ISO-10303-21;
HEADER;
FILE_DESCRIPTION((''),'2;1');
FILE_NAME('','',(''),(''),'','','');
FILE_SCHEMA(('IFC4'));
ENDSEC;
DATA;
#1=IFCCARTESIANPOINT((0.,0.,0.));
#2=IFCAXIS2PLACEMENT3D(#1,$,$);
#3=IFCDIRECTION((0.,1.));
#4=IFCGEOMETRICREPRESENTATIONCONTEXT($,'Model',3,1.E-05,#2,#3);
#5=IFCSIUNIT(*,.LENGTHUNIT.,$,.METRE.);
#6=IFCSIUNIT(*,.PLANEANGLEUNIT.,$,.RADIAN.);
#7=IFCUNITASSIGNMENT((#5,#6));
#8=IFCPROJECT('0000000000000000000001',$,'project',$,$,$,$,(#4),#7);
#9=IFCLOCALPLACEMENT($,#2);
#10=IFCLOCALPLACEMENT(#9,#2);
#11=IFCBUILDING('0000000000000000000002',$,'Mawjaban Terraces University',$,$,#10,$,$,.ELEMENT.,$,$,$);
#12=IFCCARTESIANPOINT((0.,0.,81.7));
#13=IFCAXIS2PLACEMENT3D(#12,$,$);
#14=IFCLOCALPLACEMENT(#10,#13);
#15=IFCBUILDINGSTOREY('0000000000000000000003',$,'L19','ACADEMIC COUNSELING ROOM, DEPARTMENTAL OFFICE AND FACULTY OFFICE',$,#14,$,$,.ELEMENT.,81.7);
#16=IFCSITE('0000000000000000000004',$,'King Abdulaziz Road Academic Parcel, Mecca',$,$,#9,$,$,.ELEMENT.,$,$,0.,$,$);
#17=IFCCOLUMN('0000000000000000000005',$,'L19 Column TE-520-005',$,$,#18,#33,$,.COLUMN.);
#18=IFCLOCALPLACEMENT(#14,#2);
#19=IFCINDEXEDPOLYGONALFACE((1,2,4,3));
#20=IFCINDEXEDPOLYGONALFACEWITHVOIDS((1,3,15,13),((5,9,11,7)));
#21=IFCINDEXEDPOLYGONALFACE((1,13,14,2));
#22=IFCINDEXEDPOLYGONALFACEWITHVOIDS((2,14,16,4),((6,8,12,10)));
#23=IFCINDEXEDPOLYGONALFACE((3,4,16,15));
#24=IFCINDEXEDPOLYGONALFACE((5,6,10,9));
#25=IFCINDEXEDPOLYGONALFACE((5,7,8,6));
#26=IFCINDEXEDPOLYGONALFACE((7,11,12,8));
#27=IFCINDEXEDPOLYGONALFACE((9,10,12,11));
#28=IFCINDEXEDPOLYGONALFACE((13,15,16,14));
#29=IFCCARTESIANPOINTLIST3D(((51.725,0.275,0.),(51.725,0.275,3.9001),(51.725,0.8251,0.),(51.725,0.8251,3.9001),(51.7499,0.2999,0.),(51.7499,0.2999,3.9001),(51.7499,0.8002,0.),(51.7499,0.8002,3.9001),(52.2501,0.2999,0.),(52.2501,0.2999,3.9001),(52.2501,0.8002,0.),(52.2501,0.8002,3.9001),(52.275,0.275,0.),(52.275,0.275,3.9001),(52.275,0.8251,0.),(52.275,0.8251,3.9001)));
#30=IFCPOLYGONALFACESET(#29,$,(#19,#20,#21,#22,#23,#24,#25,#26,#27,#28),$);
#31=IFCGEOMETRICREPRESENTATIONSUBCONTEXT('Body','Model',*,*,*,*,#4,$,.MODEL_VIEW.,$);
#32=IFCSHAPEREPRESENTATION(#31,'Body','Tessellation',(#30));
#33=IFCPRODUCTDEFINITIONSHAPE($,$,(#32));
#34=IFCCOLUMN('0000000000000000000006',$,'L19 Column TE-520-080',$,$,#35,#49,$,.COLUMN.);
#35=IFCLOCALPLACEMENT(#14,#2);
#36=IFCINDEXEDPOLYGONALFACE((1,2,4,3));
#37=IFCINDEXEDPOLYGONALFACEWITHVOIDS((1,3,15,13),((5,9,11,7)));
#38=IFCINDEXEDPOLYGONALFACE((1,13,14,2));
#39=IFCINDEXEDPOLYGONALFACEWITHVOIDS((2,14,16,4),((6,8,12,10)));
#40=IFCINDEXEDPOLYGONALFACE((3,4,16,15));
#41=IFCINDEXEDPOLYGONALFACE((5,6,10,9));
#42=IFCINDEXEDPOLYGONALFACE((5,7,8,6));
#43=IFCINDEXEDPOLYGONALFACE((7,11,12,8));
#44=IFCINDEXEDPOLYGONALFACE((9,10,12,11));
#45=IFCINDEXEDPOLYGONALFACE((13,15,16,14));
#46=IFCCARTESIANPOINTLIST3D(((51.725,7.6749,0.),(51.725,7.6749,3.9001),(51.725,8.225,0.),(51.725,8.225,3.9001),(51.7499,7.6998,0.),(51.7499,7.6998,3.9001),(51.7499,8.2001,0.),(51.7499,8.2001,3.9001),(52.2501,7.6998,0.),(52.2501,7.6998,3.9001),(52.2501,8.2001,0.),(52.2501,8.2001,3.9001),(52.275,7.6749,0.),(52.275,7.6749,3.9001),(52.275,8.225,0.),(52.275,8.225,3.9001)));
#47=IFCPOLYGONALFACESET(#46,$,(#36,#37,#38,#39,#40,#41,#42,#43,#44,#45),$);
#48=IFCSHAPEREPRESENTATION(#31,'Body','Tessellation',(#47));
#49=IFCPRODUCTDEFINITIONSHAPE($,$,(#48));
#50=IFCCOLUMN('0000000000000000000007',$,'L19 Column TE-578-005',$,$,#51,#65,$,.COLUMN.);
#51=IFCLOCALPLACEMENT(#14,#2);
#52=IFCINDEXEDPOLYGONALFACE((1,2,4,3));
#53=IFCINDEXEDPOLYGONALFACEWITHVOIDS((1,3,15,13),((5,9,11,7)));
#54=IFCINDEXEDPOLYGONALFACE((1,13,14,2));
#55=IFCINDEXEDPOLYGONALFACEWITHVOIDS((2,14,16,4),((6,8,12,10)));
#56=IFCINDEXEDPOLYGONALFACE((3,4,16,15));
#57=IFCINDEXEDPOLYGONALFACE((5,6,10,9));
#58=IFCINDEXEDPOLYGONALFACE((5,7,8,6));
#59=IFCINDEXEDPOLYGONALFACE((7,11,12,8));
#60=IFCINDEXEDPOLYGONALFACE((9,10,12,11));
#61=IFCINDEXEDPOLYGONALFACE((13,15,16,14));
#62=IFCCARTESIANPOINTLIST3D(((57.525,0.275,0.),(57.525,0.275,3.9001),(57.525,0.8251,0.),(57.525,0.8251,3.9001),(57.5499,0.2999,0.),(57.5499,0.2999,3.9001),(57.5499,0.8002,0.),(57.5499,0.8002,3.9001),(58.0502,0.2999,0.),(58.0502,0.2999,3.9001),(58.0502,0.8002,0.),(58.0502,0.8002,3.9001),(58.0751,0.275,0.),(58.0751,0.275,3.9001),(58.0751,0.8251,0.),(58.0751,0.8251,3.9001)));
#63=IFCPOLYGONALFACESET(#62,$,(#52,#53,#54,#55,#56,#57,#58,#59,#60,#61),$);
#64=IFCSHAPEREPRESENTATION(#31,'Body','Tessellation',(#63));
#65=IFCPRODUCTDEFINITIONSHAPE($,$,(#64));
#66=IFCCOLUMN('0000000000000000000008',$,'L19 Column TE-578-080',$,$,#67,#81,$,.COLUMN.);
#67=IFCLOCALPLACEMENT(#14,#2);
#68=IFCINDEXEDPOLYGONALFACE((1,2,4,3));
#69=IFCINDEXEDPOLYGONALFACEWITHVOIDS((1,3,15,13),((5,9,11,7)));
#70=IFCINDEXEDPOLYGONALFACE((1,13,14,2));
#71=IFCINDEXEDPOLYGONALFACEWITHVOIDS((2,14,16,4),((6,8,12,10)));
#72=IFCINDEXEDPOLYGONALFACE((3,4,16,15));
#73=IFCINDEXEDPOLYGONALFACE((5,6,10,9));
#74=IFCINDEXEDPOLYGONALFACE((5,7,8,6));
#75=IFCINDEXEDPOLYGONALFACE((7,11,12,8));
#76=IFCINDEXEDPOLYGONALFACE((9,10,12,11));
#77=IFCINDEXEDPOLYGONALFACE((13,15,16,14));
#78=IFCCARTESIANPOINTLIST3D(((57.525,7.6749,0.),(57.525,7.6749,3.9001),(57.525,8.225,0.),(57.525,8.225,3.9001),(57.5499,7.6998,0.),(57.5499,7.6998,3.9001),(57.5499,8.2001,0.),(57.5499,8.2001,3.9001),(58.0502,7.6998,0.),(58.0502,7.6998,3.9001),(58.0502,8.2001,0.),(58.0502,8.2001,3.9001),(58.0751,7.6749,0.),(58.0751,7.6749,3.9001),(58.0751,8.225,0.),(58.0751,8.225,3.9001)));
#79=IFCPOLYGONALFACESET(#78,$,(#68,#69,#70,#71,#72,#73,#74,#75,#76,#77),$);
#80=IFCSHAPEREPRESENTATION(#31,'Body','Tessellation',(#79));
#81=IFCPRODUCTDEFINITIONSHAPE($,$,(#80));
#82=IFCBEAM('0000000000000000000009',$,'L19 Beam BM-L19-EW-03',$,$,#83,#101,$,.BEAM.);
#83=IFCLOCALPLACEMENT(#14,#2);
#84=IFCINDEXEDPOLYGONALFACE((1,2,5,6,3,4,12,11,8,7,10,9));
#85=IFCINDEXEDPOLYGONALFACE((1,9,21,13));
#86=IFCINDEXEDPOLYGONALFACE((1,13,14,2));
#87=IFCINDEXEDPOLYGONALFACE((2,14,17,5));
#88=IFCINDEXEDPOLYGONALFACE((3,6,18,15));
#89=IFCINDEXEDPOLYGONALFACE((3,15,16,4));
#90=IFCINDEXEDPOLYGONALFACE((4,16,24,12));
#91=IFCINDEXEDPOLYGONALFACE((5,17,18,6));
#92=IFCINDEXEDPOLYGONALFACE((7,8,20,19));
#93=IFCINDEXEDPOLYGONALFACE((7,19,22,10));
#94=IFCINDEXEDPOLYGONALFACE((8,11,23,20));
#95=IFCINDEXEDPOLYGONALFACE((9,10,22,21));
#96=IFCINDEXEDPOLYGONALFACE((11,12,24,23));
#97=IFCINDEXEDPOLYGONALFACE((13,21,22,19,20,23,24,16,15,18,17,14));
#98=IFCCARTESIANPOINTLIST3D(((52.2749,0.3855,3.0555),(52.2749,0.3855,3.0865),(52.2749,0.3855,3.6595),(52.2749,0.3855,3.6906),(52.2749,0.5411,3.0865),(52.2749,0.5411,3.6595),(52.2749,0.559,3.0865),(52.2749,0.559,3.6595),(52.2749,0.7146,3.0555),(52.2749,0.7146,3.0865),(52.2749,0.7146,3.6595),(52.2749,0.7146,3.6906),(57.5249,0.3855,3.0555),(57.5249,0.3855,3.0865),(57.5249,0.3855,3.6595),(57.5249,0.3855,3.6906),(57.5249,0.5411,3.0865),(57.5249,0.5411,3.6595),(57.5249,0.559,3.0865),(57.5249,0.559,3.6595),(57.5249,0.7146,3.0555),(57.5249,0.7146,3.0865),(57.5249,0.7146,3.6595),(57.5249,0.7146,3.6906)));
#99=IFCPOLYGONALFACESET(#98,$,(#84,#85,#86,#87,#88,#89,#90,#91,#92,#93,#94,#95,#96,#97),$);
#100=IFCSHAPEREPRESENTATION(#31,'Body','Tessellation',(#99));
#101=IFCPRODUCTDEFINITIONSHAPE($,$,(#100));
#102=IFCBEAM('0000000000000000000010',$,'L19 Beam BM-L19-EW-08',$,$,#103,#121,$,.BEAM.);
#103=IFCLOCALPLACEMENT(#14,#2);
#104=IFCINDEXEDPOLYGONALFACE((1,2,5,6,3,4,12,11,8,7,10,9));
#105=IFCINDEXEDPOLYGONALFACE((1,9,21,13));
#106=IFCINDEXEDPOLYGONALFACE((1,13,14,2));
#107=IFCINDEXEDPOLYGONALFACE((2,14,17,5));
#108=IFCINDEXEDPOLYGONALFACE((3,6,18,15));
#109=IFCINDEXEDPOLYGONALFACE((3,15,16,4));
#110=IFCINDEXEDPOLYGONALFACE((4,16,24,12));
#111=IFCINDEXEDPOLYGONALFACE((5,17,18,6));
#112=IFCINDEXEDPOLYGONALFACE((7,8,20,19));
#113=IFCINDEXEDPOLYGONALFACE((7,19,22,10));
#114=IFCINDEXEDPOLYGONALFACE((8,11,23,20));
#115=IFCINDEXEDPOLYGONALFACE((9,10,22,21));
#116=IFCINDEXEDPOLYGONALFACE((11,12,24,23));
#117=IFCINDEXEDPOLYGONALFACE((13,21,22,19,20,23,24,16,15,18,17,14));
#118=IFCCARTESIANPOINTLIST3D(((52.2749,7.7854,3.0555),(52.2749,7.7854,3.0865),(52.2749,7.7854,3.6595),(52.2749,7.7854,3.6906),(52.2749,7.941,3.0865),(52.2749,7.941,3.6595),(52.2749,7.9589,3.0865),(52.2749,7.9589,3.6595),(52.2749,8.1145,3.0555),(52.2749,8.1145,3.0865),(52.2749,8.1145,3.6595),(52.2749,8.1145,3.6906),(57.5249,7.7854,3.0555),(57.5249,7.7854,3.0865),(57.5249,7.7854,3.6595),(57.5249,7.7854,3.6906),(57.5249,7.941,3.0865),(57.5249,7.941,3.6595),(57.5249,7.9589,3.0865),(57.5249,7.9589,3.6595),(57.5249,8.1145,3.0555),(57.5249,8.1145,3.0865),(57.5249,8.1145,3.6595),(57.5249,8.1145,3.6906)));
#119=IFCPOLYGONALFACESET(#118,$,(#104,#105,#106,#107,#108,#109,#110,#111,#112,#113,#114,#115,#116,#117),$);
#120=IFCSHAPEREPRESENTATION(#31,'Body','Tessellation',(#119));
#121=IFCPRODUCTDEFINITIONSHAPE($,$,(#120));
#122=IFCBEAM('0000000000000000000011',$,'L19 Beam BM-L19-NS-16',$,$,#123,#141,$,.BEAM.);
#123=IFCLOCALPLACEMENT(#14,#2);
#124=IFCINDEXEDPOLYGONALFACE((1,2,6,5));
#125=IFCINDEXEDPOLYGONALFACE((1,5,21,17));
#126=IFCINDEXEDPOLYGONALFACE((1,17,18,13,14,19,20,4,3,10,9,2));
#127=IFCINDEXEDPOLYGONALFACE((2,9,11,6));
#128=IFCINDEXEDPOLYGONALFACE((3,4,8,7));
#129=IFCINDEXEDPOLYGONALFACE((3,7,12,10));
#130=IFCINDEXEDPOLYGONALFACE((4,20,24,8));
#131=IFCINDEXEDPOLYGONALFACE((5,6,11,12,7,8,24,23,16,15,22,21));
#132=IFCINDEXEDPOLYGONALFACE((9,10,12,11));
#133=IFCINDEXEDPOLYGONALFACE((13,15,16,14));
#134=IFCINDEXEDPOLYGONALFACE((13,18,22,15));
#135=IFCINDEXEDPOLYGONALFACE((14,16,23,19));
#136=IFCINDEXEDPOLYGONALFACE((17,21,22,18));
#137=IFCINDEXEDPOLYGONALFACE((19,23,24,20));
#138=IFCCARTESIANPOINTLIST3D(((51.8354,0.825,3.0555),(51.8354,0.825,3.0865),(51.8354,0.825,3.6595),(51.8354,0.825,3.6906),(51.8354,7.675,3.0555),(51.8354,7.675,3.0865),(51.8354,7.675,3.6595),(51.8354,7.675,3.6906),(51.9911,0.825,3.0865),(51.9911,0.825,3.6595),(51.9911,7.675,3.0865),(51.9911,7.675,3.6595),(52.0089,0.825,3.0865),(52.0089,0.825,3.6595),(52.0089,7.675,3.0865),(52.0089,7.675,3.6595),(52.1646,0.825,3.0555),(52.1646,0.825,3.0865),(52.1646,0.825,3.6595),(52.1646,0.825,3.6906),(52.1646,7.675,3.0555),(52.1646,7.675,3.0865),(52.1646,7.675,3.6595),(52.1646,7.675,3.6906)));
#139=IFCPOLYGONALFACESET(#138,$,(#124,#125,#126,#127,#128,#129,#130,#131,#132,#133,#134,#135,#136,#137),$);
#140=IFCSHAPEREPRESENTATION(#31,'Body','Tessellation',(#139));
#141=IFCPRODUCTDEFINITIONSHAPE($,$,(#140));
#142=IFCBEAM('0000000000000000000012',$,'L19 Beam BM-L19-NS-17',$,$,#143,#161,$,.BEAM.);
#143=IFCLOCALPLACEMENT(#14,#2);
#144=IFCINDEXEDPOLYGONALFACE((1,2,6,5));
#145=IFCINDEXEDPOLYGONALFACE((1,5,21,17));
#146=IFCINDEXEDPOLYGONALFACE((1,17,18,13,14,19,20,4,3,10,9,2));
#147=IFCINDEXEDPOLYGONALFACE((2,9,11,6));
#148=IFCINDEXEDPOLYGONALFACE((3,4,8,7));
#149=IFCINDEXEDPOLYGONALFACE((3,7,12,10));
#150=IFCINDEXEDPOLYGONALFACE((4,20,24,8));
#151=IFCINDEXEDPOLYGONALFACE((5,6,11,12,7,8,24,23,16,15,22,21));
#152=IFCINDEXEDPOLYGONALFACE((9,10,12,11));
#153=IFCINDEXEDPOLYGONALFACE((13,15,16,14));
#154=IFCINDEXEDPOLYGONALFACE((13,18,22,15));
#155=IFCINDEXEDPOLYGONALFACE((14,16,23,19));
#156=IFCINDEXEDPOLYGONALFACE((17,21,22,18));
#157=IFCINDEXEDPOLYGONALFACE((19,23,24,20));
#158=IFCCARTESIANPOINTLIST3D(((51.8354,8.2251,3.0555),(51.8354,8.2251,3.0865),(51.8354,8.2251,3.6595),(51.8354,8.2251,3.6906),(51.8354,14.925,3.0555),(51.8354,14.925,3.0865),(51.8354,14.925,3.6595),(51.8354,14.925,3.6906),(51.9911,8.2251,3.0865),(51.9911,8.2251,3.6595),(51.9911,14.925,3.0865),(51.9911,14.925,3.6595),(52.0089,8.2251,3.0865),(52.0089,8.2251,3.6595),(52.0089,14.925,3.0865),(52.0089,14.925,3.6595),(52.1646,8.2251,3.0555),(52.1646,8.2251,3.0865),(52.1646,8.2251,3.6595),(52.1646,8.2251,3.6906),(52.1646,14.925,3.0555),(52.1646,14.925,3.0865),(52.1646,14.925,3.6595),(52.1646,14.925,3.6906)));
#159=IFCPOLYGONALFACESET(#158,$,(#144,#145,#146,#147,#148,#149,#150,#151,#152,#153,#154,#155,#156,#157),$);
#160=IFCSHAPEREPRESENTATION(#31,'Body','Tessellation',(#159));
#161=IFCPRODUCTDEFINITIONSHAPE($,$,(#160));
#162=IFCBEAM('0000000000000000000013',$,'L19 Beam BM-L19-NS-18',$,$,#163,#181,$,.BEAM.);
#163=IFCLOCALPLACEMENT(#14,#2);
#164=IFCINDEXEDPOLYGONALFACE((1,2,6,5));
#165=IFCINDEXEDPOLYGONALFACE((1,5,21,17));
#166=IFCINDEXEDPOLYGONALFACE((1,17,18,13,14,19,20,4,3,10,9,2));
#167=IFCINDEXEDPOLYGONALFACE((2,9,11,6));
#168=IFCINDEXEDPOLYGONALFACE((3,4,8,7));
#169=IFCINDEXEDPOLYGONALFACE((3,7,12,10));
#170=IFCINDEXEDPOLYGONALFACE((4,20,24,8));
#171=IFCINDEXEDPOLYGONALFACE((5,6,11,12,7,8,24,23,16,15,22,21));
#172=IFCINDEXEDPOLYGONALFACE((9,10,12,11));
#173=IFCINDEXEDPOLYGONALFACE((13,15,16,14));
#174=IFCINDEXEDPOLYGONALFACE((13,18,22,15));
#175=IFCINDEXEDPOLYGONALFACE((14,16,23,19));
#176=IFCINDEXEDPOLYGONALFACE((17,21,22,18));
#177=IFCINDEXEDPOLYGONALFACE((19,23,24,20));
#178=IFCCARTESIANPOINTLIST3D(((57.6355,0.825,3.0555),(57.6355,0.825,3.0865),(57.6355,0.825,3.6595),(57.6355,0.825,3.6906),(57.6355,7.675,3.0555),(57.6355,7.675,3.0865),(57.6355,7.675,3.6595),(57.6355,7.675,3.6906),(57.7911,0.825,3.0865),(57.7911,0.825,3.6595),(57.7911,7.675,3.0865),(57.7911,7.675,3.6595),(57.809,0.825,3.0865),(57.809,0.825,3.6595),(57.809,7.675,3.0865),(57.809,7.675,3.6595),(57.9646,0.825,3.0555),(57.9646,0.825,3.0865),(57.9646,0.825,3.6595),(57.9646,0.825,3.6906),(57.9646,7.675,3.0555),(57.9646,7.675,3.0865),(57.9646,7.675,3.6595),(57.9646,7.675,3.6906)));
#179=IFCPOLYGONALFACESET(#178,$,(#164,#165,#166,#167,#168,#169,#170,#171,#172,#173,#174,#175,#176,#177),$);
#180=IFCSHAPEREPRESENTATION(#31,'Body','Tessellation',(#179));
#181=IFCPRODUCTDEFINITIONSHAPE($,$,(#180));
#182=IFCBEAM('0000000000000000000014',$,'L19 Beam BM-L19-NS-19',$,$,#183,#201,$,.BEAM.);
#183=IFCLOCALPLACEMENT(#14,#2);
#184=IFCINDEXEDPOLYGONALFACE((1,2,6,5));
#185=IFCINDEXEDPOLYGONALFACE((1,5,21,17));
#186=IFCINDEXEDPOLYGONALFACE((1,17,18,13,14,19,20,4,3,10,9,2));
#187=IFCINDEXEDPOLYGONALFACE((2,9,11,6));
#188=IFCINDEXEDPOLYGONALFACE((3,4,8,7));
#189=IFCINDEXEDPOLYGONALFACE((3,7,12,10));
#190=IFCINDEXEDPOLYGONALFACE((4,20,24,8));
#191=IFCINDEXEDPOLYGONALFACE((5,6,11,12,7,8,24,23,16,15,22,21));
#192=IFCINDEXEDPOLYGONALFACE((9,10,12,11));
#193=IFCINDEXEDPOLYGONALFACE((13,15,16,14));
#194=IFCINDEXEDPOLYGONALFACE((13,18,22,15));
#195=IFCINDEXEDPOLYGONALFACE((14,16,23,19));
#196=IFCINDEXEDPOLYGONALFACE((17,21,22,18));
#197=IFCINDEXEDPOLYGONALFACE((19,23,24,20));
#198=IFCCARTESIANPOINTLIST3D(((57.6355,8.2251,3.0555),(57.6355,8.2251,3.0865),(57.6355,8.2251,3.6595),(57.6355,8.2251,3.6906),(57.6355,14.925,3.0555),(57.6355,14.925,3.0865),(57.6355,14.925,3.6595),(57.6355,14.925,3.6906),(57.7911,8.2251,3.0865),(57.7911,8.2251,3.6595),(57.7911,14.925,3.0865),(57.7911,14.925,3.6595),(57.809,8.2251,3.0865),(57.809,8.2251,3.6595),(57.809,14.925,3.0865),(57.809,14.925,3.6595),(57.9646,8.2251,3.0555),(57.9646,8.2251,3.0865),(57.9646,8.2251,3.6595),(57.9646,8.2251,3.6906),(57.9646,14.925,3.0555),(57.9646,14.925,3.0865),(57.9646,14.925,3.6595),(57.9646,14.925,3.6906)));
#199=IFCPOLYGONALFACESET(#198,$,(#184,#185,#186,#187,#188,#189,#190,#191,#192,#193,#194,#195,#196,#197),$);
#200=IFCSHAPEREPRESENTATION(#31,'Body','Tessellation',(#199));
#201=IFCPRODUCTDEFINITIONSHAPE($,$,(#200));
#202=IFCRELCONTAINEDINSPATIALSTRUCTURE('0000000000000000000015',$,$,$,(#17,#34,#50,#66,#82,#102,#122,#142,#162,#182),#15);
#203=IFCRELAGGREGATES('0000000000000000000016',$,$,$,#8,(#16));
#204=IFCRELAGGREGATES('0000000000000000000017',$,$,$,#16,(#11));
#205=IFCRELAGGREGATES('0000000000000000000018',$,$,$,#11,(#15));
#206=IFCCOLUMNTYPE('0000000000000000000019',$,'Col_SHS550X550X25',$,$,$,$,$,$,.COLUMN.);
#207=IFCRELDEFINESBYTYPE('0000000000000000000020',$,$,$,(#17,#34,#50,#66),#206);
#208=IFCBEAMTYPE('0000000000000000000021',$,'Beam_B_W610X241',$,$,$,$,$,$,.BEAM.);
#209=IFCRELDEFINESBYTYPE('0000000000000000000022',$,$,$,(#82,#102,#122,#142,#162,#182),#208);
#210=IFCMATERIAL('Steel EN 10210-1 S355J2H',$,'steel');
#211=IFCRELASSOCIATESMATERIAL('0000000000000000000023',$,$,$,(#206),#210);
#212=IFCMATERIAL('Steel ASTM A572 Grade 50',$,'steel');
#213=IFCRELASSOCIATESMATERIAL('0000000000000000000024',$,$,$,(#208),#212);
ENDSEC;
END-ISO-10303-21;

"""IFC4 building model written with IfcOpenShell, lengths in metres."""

from ifc_helpers import new_model, si_unit, direction, frame, origin, origin_2d, place, context, subcontext, project, spatial, hollow_rectangle, i_section, extrude, material, material_profile, profile_set, type_object, element, save


model = new_model("IFC4")

# Units and contexts
model_context = context("Model", 3, precision=1e-05, world=origin(), true_north=direction((0.0, 1.0)))
body_context = subcontext(model_context, "Body", "Model", "MODEL_VIEW")
ifc_project = project(units=[si_unit("LENGTHUNIT", "METRE"), si_unit("PLANEANGLEUNIT", "RADIAN")], contexts=[model_context])

# Site, building, storey
site_placement = place(None, origin())
site = spatial("IfcSite", under=ifc_project, at=site_placement, Name="King Abdulaziz Road Academic Parcel, Mecca", CompositionType="ELEMENT", RefElevation=0.0)
building_placement = place(site_placement, origin())
building = spatial("IfcBuilding", under=site, at=building_placement, Name="Mawjaban Terraces University", CompositionType="ELEMENT")
storey_placement = place(building_placement, frame((0.0, 0.0, 81.7)))
storey = spatial("IfcBuildingStorey", under=building, at=storey_placement, Name="L19", Description="ACADEMIC COUNSELING ROOM, DEPARTMENTAL OFFICE AND FACULTY OFFICE", CompositionType="ELEMENT", Elevation=81.7)

# Columns
ifc_material_1 = material(Name="Steel EN 10210-1 S355J2H", Category="steel")
ifc_material_profile_1 = material_profile(ifc_material_1, hollow_rectangle(XDim=0.55, YDim=0.55, WallThickness=0.0249, at=origin_2d()), Name="SHS550X550X25")
ifc_profile_set_1 = profile_set([ifc_material_profile_1], Name="Steel EN 10210-1 S355J2H")
column_type = type_object("IfcColumnType", Name="Col_SHS550X550X25", PredefinedType="COLUMN", material=ifc_profile_set_1)
for number, where, z_axis, x_axis, name in (
    (1, (52.0, 0.55, 0.0), (0.0, 0.0, 1.0), (1.0, 0.0, 0.0), "L19 Column TE-520-005"),
    (2, (52.0, 7.95, 0.0), (0.0, 0.0, 1.0), (1.0, 0.0, 0.0), "L19 Column TE-520-080"),
    (3, (57.8, 0.55, 0.0), (0.0, 0.0, 1.0), (1.0, 0.0, 0.0), "L19 Column TE-578-005"),
    (4, (57.8, 7.95, 0.0), (0.0, 0.0, 1.0), (1.0, 0.0, 0.0), "L19 Column TE-578-080"),
):
    element("IfcColumn", number, at=place(storey_placement, frame(where, z_axis=z_axis, x_axis=x_axis)), inside=storey, type_object=column_type, Name=name, PredefinedType="COLUMN", context=body_context, shape_type="SweptSolid", body=[
        extrude(hollow_rectangle(XDim=0.55, YDim=0.55, WallThickness=0.0249, at=origin_2d()), origin(), (0.0, 0.0, 1.0), 3.9001),
    ])

# Beams
ifc_material_2 = material(Name="Steel ASTM A572 Grade 50", Category="steel")
ifc_material_profile_2 = material_profile(ifc_material_2, i_section(OverallWidth=0.3291, OverallDepth=0.635, WebThickness=0.0178, FlangeThickness=0.031, at=origin_2d()), Name="W610X241")
ifc_profile_set_2 = profile_set([ifc_material_profile_2], Name="Steel ASTM A572 Grade 50")
beam_type_1 = type_object("IfcBeamType", Name="Beam_B_W610X241", PredefinedType="BEAM", material=ifc_profile_set_2)
for number, where, z_axis, x_axis, name in (
    (5, (52.2749, 0.55, 3.373), (1.0, 0.0, 0.0), (0.0, 1.0, 0.0), "L19 Beam BM-L19-EW-03"),
    (6, (52.2749, 7.95, 3.373), (1.0, 0.0, 0.0), (0.0, 1.0, 0.0), "L19 Beam BM-L19-EW-08"),
):
    element("IfcBeam", number, at=place(storey_placement, frame(where, z_axis=z_axis, x_axis=x_axis)), inside=storey, type_object=beam_type_1, Name=name, PredefinedType="BEAM", context=body_context, shape_type="SweptSolid", body=[
        extrude(i_section(OverallWidth=0.3291, OverallDepth=0.635, WebThickness=0.0178, FlangeThickness=0.031, at=origin_2d()), origin(), (0.0, 0.0, 1.0), 5.25),
    ])
beam_1_placement = place(storey_placement, frame((52.0, 0.825, 3.373), z_axis=(0.0, 1.0, 0.0), x_axis=(-1.0, 0.0, 0.0)))
element("IfcBeam", 7, at=beam_1_placement, inside=storey, type_object=beam_type_1, Name="L19 Beam BM-L19-NS-16", PredefinedType="BEAM", context=body_context, shape_type="SweptSolid", body=[
    extrude(i_section(OverallWidth=0.3291, OverallDepth=0.635, WebThickness=0.0178, FlangeThickness=0.031, at=origin_2d()), origin(), (0.0, 0.0, 1.0), 6.8501),
])
beam_2_placement = place(storey_placement, frame((52.0, 8.2251, 3.373), z_axis=(0.0, 1.0, 0.0), x_axis=(-1.0, 0.0, 0.0)))
element("IfcBeam", 8, at=beam_2_placement, inside=storey, type_object=beam_type_1, Name="L19 Beam BM-L19-NS-17", PredefinedType="BEAM", context=body_context, shape_type="SweptSolid", body=[
    extrude(i_section(OverallWidth=0.3291, OverallDepth=0.635, WebThickness=0.0178, FlangeThickness=0.031, at=origin_2d()), origin(), (0.0, 0.0, 1.0), 6.7),
])
beam_3_placement = place(storey_placement, frame((57.8, 0.825, 3.373), z_axis=(0.0, 1.0, 0.0), x_axis=(-1.0, 0.0, 0.0)))
element("IfcBeam", 9, at=beam_3_placement, inside=storey, type_object=beam_type_1, Name="L19 Beam BM-L19-NS-18", PredefinedType="BEAM", context=body_context, shape_type="SweptSolid", body=[
    extrude(i_section(OverallWidth=0.3291, OverallDepth=0.635, WebThickness=0.0178, FlangeThickness=0.031, at=origin_2d()), origin(), (0.0, 0.0, 1.0), 6.8501),
])
beam_4_placement = place(storey_placement, frame((57.8, 8.2251, 3.373), z_axis=(0.0, 1.0, 0.0), x_axis=(-1.0, 0.0, 0.0)))
element("IfcBeam", 10, at=beam_4_placement, inside=storey, type_object=beam_type_1, Name="L19 Beam BM-L19-NS-19", PredefinedType="BEAM", context=body_context, shape_type="SweptSolid", body=[
    extrude(i_section(OverallWidth=0.3291, OverallDepth=0.635, WebThickness=0.0178, FlangeThickness=0.031, at=origin_2d()), origin(), (0.0, 0.0, 1.0), 6.7),
])

save(model, "model.ifc")
